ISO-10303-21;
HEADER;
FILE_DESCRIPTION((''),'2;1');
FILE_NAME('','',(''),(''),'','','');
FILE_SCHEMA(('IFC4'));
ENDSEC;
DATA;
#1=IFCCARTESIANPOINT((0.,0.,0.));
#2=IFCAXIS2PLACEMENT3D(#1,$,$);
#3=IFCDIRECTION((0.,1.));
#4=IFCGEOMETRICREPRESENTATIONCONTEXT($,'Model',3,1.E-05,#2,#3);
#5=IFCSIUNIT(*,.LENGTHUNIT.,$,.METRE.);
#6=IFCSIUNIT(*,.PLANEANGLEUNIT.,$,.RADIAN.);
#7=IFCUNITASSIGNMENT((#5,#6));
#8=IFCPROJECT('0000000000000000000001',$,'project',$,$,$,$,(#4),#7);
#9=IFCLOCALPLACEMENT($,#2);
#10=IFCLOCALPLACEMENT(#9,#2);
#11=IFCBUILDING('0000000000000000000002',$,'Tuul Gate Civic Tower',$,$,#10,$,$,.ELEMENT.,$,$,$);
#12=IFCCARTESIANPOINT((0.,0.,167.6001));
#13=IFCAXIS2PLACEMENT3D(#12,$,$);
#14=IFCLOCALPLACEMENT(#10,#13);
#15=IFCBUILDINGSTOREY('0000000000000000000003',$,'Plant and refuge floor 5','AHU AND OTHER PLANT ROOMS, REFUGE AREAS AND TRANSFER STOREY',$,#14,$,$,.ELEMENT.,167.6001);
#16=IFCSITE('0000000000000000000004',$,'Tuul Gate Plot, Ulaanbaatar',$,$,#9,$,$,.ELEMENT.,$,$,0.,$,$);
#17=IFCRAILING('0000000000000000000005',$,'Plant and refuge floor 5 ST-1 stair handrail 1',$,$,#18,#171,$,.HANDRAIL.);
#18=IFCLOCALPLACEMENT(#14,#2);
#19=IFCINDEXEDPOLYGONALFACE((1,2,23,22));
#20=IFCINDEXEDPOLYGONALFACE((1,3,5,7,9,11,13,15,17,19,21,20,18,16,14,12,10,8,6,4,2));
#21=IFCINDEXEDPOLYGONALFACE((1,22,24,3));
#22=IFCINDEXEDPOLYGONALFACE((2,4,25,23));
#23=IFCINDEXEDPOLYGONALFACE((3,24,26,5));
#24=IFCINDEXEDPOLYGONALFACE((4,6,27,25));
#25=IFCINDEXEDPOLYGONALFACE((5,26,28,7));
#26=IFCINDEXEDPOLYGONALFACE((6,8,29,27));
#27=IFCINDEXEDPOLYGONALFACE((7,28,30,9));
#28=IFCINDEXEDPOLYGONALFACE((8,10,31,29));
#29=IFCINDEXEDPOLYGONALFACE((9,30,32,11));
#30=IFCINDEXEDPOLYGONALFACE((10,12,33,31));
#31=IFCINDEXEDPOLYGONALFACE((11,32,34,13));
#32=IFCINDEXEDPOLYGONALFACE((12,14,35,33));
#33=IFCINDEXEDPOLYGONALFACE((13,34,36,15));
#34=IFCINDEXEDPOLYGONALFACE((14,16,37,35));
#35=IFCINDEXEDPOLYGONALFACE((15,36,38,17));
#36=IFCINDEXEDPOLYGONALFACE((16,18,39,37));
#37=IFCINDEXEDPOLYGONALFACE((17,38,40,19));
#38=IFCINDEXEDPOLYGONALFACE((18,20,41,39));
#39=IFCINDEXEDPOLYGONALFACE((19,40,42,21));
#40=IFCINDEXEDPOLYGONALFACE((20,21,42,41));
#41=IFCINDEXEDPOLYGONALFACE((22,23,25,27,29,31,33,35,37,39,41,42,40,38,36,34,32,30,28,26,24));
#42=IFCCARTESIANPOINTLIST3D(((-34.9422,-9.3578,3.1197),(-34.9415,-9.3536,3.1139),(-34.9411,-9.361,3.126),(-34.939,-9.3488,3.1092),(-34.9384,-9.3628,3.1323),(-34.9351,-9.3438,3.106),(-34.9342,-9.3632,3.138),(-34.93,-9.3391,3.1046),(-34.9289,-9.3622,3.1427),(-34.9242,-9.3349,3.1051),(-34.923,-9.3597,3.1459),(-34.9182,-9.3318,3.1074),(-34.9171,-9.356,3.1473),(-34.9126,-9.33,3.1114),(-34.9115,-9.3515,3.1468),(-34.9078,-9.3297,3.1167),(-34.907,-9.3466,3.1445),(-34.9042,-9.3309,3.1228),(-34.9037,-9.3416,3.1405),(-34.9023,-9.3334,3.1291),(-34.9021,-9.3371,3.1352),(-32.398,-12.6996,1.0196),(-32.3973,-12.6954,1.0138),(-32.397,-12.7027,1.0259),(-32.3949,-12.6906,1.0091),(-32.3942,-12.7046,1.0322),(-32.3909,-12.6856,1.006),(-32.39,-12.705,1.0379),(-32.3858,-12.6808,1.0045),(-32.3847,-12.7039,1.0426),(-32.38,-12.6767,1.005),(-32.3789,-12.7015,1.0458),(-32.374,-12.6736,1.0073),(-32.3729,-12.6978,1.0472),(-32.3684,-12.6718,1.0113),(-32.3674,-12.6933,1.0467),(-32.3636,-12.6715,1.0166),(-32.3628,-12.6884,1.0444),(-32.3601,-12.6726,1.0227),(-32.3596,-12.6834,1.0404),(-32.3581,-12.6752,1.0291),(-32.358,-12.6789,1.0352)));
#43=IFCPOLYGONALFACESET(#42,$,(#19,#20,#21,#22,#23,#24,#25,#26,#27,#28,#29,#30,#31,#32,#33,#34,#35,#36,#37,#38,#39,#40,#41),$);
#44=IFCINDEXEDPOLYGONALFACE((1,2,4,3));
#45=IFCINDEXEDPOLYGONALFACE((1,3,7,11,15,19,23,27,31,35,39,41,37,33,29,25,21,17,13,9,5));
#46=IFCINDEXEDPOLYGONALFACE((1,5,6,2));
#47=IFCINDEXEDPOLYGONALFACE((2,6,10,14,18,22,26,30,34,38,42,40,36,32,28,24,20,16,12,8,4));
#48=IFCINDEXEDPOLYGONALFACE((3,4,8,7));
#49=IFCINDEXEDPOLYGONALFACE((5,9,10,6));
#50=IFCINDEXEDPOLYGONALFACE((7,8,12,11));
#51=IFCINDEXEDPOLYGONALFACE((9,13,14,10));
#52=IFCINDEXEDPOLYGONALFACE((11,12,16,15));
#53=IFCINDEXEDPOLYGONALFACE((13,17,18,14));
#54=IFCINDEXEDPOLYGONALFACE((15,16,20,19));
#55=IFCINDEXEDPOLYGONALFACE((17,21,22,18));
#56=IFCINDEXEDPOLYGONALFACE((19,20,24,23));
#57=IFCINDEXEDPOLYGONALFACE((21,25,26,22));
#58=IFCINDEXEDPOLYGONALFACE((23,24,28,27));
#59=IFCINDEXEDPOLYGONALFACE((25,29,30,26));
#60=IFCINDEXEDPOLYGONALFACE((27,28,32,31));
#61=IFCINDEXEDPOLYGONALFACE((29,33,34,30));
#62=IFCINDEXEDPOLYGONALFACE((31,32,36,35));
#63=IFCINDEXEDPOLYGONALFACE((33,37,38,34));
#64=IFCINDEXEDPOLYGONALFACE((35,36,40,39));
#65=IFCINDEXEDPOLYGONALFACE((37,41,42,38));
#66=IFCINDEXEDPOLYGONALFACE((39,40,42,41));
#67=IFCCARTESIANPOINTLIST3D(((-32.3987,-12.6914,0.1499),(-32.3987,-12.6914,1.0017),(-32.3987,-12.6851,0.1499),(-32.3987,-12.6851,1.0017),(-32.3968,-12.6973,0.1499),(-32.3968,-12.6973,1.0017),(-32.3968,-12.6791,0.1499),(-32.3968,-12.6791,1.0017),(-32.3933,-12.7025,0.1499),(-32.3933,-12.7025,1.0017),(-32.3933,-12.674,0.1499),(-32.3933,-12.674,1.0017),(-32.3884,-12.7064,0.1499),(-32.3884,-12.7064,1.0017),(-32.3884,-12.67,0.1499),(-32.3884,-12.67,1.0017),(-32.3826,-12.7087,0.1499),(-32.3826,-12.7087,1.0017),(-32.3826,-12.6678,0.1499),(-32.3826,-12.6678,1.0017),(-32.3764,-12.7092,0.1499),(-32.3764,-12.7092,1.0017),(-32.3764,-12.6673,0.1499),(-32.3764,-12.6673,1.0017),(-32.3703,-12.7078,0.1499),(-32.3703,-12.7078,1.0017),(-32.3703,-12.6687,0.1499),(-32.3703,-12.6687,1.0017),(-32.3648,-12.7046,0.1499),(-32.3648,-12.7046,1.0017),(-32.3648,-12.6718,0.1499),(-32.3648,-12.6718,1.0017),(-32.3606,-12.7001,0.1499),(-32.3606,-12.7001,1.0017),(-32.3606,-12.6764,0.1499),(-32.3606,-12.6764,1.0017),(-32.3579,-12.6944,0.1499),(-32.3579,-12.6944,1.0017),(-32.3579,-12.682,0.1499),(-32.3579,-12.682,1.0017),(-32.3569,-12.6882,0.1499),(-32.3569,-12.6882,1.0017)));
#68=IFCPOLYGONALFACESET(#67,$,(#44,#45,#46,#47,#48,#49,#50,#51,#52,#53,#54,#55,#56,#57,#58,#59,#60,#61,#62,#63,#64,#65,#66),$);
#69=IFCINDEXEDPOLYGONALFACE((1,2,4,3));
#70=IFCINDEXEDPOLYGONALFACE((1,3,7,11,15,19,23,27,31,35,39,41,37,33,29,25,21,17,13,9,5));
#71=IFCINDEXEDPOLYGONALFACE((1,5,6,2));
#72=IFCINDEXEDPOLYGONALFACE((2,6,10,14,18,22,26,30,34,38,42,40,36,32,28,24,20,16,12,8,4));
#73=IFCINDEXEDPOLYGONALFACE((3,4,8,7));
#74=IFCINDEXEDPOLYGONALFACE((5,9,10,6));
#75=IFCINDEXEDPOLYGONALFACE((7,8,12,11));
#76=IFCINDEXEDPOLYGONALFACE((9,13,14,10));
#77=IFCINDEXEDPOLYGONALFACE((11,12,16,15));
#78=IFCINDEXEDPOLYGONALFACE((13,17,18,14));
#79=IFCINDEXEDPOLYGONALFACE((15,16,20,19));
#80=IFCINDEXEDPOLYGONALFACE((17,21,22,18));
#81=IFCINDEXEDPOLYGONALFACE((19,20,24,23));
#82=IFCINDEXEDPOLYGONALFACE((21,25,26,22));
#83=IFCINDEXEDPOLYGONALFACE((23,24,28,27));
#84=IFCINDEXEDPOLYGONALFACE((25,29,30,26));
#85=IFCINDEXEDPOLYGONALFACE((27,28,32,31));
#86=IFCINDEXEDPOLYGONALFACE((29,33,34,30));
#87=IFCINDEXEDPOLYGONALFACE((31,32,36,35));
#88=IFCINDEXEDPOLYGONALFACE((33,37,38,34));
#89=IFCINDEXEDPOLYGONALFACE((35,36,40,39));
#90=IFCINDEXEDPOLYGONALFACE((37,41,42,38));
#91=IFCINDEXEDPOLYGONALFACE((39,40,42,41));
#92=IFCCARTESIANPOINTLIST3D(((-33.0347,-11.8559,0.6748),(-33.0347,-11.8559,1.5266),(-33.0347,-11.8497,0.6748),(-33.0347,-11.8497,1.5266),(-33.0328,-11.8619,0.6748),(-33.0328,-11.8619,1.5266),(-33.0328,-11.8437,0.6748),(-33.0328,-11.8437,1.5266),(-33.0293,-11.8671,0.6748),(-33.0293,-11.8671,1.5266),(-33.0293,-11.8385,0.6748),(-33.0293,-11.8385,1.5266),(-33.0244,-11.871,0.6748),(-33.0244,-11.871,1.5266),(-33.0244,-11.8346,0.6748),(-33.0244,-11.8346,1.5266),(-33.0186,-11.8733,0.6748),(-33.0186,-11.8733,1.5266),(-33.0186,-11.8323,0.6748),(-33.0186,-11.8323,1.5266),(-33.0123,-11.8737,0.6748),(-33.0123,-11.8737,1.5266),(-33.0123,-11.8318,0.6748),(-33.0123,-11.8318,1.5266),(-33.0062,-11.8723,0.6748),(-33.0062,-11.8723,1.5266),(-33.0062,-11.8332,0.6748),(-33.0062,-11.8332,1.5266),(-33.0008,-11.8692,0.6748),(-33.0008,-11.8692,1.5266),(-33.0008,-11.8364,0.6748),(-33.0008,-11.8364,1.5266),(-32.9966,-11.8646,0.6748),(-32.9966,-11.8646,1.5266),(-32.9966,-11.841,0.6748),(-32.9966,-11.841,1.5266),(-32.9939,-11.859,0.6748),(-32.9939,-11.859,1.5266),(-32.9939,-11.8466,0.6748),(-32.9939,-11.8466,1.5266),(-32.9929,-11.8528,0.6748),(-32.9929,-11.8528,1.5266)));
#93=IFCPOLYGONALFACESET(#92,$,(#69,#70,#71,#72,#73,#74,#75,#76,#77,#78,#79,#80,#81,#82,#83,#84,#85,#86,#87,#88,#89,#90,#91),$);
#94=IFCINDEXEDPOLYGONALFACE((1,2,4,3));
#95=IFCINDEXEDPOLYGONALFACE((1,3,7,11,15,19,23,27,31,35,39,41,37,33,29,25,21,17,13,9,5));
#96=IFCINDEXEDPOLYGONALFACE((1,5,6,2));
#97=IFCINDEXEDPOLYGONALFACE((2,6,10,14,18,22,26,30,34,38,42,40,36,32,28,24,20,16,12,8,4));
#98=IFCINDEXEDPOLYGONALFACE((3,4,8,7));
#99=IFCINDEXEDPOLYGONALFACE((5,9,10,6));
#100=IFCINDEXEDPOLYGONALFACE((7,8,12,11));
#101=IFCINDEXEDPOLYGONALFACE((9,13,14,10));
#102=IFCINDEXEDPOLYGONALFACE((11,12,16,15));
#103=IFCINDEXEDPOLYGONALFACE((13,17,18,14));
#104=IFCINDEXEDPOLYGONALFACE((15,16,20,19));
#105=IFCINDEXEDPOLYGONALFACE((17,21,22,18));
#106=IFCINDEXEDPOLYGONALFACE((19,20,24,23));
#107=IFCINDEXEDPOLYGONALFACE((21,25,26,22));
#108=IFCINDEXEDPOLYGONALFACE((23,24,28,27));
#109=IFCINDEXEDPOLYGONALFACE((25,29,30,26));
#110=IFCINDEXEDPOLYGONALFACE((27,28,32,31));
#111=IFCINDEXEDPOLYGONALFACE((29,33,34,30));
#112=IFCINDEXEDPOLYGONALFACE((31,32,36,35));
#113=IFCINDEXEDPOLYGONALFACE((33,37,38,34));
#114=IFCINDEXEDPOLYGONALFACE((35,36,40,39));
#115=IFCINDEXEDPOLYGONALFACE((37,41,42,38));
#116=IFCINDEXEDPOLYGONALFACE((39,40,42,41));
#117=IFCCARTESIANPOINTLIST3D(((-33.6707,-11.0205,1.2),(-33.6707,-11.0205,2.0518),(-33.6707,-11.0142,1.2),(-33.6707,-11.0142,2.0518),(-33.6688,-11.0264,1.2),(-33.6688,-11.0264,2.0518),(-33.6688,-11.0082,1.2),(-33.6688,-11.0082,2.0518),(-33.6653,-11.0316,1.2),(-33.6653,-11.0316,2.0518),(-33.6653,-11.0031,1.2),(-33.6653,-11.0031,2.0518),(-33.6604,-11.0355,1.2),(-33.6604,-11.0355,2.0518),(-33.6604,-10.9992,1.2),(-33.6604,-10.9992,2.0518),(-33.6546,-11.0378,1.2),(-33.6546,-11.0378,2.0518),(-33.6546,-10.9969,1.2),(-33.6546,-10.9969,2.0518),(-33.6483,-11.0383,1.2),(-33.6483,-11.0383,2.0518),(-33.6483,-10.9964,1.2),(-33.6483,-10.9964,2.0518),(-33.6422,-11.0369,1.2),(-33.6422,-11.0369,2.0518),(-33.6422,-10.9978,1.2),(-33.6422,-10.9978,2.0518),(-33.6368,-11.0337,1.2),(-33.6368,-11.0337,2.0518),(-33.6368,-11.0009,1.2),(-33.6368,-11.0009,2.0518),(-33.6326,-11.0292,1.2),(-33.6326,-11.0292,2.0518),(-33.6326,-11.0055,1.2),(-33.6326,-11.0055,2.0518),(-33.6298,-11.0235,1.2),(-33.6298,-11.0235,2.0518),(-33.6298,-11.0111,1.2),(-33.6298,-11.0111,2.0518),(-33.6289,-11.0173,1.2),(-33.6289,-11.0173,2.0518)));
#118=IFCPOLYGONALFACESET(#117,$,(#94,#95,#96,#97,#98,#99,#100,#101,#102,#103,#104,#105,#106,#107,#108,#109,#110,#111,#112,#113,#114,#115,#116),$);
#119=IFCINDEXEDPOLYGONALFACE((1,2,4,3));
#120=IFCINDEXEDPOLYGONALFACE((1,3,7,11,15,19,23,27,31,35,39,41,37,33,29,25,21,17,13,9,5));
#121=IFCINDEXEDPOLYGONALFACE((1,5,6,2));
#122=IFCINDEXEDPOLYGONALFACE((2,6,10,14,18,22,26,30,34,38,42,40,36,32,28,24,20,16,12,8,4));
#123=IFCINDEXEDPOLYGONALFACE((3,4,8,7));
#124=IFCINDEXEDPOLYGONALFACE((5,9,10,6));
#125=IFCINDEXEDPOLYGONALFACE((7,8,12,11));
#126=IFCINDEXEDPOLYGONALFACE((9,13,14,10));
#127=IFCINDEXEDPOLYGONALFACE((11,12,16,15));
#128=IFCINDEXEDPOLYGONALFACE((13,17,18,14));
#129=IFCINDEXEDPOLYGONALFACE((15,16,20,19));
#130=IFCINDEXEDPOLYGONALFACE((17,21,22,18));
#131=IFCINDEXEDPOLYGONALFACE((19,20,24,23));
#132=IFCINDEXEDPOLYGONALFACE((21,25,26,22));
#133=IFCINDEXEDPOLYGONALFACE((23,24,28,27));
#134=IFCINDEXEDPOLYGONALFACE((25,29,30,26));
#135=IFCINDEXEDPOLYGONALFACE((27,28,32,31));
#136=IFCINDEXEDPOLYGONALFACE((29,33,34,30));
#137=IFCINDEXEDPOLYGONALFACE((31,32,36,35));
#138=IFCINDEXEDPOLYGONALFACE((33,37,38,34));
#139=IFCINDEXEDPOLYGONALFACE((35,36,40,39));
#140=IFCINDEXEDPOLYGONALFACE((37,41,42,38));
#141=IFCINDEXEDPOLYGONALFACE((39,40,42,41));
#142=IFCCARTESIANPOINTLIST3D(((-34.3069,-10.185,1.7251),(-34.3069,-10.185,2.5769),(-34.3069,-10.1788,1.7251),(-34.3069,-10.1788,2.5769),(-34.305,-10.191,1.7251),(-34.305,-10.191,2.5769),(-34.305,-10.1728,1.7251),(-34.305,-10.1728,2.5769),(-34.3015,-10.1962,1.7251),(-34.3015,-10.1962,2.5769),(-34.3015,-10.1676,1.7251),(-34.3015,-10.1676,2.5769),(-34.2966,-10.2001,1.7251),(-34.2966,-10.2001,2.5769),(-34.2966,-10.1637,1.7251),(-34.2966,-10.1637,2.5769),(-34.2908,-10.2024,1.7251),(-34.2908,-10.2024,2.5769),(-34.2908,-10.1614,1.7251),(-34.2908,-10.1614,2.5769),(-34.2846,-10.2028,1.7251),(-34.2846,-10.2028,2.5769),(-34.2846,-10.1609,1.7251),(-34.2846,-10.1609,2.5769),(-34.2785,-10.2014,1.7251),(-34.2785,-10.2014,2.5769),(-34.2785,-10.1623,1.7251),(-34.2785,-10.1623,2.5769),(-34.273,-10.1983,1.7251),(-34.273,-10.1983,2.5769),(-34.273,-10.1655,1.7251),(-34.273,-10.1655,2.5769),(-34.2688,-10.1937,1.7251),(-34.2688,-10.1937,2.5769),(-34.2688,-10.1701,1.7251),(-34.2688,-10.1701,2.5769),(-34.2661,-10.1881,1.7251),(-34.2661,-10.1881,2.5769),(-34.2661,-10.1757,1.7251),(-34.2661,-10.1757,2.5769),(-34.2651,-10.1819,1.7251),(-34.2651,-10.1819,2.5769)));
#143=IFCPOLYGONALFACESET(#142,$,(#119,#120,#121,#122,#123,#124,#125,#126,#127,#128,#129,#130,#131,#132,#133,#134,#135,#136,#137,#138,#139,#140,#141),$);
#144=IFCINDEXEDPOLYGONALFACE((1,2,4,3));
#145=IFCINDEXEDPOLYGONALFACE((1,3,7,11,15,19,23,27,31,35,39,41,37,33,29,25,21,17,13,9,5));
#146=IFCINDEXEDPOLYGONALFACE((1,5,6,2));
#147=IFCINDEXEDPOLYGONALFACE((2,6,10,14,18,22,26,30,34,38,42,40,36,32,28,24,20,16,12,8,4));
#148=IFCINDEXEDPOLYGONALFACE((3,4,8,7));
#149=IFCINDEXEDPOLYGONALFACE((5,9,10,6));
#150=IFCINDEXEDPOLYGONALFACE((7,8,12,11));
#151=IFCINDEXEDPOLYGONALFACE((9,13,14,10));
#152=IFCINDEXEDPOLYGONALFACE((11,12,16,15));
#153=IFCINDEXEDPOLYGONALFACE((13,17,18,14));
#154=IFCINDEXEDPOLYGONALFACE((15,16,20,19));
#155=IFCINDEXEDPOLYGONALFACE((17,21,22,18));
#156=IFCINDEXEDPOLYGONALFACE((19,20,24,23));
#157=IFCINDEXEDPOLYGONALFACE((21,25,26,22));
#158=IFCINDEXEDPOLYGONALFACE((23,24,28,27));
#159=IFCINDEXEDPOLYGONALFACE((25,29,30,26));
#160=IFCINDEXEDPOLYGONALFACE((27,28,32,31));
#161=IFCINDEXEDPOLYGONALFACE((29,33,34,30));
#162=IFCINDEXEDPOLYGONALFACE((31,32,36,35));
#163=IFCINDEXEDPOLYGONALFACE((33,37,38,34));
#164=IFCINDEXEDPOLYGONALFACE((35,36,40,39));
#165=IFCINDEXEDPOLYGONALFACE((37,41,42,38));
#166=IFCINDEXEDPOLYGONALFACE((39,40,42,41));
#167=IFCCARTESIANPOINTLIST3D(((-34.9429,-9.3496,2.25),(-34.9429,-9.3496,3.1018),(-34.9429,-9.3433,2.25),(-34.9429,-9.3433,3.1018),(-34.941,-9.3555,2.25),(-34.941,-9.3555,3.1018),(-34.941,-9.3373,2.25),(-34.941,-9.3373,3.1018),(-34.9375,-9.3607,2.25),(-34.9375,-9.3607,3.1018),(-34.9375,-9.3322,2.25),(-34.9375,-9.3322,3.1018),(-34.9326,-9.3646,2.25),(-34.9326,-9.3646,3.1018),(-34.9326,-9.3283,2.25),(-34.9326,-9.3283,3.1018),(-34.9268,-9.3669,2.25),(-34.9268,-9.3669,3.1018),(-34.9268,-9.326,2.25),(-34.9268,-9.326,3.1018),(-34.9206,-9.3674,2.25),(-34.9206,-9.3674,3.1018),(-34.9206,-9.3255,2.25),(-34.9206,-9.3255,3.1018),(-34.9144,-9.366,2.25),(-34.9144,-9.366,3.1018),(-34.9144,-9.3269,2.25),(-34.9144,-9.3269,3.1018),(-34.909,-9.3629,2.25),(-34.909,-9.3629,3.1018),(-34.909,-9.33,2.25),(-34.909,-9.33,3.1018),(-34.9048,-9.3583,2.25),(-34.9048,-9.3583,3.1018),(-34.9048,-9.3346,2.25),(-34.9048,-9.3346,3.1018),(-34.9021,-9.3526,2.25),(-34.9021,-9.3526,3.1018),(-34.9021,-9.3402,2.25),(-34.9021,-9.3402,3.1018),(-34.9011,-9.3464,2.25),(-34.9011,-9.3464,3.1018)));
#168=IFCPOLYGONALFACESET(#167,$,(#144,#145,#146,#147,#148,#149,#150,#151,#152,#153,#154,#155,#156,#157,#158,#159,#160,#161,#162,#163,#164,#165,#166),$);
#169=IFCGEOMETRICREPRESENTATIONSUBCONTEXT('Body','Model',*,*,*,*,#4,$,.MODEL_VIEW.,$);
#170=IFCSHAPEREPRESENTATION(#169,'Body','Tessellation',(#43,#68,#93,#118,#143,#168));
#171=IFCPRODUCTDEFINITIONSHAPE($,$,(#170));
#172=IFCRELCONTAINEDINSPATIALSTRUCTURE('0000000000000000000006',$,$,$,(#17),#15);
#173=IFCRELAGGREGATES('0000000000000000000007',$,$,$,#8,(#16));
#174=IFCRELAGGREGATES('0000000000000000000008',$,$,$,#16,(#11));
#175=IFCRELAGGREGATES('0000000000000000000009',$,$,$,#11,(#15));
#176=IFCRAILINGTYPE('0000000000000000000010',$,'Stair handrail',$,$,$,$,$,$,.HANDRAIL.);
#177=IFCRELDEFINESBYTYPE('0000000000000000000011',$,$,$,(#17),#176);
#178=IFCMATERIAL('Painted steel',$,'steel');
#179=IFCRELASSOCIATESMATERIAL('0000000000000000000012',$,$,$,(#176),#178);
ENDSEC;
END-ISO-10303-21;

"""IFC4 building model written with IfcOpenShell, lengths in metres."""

from ifc_helpers import new_model, si_unit, direction, frame, origin, origin_2d, place, context, subcontext, project, spatial, circle, extrude, material, type_object, element, save


model = new_model("IFC4")

# Units and contexts
model_context = context("Model", 3, precision=1e-05, world=origin(), true_north=direction((0.0, 1.0)))
body_context = subcontext(model_context, "Body", "Model", "MODEL_VIEW")
ifc_project = project(units=[si_unit("LENGTHUNIT", "METRE"), si_unit("PLANEANGLEUNIT", "RADIAN")], contexts=[model_context])

# Site, building, storey
site_placement = place(None, origin())
site = spatial("IfcSite", under=ifc_project, at=site_placement, Name="Tuul Gate Plot, Ulaanbaatar", CompositionType="ELEMENT", RefElevation=0.0)
building_placement = place(site_placement, origin())
building = spatial("IfcBuilding", under=site, at=building_placement, Name="Tuul Gate Civic Tower", CompositionType="ELEMENT")
storey_placement = place(building_placement, frame((0.0, 0.0, 167.6001)))
storey = spatial("IfcBuildingStorey", under=building, at=storey_placement, Name="Plant and refuge floor 5", Description="AHU AND OTHER PLANT ROOMS, REFUGE AREAS AND TRANSFER STOREY", CompositionType="ELEMENT", Elevation=167.6001)

# Railing
ifc_material_1 = material(Name="Painted steel", Category="steel")
railing_type_1 = type_object("IfcRailingType", Name="Stair handrail", PredefinedType="HANDRAIL", material=ifc_material_1)
railing_1_placement = place(storey_placement, frame((-32.3779, -12.6882, 0.1499)))
element("IfcRailing", 1, at=railing_1_placement, inside=storey, type_object=railing_type_1, Name="Plant and refuge floor 5 ST-1 stair handrail 1", PredefinedType="HANDRAIL", context=body_context, shape_type="SweptSolid", body=[
    extrude(circle(Radius=0.0239, at=origin_2d()), frame((0.0, 0.0, 0.876), z_axis=(-0.541796, 0.71165, 0.447225), x_axis=(-0.795655, -0.605751, 0.0)), (0.0, 0.0, 1.0), 4.6958),
    extrude(circle(Radius=0.021, at=origin_2d()), origin(), (0.0, 0.0, 1.0), 0.8518),
    extrude(circle(Radius=0.021, at=origin_2d()), frame((-0.636, 0.8354, 0.5249)), (0.0, 0.0, 1.0), 0.8518),
    extrude(circle(Radius=0.021, at=origin_2d()), frame((-1.272, 1.6709, 1.05)), (0.0, 0.0, 1.0), 0.8518),
    extrude(circle(Radius=0.021, at=origin_2d()), frame((-1.9082, 2.5063, 1.5752)), (0.0, 0.0, 1.0), 0.8518),
    extrude(circle(Radius=0.021, at=origin_2d()), frame((-2.5442, 3.3418, 2.1001)), (0.0, 0.0, 1.0), 0.8518),
])

save(model, "model.ifc")
